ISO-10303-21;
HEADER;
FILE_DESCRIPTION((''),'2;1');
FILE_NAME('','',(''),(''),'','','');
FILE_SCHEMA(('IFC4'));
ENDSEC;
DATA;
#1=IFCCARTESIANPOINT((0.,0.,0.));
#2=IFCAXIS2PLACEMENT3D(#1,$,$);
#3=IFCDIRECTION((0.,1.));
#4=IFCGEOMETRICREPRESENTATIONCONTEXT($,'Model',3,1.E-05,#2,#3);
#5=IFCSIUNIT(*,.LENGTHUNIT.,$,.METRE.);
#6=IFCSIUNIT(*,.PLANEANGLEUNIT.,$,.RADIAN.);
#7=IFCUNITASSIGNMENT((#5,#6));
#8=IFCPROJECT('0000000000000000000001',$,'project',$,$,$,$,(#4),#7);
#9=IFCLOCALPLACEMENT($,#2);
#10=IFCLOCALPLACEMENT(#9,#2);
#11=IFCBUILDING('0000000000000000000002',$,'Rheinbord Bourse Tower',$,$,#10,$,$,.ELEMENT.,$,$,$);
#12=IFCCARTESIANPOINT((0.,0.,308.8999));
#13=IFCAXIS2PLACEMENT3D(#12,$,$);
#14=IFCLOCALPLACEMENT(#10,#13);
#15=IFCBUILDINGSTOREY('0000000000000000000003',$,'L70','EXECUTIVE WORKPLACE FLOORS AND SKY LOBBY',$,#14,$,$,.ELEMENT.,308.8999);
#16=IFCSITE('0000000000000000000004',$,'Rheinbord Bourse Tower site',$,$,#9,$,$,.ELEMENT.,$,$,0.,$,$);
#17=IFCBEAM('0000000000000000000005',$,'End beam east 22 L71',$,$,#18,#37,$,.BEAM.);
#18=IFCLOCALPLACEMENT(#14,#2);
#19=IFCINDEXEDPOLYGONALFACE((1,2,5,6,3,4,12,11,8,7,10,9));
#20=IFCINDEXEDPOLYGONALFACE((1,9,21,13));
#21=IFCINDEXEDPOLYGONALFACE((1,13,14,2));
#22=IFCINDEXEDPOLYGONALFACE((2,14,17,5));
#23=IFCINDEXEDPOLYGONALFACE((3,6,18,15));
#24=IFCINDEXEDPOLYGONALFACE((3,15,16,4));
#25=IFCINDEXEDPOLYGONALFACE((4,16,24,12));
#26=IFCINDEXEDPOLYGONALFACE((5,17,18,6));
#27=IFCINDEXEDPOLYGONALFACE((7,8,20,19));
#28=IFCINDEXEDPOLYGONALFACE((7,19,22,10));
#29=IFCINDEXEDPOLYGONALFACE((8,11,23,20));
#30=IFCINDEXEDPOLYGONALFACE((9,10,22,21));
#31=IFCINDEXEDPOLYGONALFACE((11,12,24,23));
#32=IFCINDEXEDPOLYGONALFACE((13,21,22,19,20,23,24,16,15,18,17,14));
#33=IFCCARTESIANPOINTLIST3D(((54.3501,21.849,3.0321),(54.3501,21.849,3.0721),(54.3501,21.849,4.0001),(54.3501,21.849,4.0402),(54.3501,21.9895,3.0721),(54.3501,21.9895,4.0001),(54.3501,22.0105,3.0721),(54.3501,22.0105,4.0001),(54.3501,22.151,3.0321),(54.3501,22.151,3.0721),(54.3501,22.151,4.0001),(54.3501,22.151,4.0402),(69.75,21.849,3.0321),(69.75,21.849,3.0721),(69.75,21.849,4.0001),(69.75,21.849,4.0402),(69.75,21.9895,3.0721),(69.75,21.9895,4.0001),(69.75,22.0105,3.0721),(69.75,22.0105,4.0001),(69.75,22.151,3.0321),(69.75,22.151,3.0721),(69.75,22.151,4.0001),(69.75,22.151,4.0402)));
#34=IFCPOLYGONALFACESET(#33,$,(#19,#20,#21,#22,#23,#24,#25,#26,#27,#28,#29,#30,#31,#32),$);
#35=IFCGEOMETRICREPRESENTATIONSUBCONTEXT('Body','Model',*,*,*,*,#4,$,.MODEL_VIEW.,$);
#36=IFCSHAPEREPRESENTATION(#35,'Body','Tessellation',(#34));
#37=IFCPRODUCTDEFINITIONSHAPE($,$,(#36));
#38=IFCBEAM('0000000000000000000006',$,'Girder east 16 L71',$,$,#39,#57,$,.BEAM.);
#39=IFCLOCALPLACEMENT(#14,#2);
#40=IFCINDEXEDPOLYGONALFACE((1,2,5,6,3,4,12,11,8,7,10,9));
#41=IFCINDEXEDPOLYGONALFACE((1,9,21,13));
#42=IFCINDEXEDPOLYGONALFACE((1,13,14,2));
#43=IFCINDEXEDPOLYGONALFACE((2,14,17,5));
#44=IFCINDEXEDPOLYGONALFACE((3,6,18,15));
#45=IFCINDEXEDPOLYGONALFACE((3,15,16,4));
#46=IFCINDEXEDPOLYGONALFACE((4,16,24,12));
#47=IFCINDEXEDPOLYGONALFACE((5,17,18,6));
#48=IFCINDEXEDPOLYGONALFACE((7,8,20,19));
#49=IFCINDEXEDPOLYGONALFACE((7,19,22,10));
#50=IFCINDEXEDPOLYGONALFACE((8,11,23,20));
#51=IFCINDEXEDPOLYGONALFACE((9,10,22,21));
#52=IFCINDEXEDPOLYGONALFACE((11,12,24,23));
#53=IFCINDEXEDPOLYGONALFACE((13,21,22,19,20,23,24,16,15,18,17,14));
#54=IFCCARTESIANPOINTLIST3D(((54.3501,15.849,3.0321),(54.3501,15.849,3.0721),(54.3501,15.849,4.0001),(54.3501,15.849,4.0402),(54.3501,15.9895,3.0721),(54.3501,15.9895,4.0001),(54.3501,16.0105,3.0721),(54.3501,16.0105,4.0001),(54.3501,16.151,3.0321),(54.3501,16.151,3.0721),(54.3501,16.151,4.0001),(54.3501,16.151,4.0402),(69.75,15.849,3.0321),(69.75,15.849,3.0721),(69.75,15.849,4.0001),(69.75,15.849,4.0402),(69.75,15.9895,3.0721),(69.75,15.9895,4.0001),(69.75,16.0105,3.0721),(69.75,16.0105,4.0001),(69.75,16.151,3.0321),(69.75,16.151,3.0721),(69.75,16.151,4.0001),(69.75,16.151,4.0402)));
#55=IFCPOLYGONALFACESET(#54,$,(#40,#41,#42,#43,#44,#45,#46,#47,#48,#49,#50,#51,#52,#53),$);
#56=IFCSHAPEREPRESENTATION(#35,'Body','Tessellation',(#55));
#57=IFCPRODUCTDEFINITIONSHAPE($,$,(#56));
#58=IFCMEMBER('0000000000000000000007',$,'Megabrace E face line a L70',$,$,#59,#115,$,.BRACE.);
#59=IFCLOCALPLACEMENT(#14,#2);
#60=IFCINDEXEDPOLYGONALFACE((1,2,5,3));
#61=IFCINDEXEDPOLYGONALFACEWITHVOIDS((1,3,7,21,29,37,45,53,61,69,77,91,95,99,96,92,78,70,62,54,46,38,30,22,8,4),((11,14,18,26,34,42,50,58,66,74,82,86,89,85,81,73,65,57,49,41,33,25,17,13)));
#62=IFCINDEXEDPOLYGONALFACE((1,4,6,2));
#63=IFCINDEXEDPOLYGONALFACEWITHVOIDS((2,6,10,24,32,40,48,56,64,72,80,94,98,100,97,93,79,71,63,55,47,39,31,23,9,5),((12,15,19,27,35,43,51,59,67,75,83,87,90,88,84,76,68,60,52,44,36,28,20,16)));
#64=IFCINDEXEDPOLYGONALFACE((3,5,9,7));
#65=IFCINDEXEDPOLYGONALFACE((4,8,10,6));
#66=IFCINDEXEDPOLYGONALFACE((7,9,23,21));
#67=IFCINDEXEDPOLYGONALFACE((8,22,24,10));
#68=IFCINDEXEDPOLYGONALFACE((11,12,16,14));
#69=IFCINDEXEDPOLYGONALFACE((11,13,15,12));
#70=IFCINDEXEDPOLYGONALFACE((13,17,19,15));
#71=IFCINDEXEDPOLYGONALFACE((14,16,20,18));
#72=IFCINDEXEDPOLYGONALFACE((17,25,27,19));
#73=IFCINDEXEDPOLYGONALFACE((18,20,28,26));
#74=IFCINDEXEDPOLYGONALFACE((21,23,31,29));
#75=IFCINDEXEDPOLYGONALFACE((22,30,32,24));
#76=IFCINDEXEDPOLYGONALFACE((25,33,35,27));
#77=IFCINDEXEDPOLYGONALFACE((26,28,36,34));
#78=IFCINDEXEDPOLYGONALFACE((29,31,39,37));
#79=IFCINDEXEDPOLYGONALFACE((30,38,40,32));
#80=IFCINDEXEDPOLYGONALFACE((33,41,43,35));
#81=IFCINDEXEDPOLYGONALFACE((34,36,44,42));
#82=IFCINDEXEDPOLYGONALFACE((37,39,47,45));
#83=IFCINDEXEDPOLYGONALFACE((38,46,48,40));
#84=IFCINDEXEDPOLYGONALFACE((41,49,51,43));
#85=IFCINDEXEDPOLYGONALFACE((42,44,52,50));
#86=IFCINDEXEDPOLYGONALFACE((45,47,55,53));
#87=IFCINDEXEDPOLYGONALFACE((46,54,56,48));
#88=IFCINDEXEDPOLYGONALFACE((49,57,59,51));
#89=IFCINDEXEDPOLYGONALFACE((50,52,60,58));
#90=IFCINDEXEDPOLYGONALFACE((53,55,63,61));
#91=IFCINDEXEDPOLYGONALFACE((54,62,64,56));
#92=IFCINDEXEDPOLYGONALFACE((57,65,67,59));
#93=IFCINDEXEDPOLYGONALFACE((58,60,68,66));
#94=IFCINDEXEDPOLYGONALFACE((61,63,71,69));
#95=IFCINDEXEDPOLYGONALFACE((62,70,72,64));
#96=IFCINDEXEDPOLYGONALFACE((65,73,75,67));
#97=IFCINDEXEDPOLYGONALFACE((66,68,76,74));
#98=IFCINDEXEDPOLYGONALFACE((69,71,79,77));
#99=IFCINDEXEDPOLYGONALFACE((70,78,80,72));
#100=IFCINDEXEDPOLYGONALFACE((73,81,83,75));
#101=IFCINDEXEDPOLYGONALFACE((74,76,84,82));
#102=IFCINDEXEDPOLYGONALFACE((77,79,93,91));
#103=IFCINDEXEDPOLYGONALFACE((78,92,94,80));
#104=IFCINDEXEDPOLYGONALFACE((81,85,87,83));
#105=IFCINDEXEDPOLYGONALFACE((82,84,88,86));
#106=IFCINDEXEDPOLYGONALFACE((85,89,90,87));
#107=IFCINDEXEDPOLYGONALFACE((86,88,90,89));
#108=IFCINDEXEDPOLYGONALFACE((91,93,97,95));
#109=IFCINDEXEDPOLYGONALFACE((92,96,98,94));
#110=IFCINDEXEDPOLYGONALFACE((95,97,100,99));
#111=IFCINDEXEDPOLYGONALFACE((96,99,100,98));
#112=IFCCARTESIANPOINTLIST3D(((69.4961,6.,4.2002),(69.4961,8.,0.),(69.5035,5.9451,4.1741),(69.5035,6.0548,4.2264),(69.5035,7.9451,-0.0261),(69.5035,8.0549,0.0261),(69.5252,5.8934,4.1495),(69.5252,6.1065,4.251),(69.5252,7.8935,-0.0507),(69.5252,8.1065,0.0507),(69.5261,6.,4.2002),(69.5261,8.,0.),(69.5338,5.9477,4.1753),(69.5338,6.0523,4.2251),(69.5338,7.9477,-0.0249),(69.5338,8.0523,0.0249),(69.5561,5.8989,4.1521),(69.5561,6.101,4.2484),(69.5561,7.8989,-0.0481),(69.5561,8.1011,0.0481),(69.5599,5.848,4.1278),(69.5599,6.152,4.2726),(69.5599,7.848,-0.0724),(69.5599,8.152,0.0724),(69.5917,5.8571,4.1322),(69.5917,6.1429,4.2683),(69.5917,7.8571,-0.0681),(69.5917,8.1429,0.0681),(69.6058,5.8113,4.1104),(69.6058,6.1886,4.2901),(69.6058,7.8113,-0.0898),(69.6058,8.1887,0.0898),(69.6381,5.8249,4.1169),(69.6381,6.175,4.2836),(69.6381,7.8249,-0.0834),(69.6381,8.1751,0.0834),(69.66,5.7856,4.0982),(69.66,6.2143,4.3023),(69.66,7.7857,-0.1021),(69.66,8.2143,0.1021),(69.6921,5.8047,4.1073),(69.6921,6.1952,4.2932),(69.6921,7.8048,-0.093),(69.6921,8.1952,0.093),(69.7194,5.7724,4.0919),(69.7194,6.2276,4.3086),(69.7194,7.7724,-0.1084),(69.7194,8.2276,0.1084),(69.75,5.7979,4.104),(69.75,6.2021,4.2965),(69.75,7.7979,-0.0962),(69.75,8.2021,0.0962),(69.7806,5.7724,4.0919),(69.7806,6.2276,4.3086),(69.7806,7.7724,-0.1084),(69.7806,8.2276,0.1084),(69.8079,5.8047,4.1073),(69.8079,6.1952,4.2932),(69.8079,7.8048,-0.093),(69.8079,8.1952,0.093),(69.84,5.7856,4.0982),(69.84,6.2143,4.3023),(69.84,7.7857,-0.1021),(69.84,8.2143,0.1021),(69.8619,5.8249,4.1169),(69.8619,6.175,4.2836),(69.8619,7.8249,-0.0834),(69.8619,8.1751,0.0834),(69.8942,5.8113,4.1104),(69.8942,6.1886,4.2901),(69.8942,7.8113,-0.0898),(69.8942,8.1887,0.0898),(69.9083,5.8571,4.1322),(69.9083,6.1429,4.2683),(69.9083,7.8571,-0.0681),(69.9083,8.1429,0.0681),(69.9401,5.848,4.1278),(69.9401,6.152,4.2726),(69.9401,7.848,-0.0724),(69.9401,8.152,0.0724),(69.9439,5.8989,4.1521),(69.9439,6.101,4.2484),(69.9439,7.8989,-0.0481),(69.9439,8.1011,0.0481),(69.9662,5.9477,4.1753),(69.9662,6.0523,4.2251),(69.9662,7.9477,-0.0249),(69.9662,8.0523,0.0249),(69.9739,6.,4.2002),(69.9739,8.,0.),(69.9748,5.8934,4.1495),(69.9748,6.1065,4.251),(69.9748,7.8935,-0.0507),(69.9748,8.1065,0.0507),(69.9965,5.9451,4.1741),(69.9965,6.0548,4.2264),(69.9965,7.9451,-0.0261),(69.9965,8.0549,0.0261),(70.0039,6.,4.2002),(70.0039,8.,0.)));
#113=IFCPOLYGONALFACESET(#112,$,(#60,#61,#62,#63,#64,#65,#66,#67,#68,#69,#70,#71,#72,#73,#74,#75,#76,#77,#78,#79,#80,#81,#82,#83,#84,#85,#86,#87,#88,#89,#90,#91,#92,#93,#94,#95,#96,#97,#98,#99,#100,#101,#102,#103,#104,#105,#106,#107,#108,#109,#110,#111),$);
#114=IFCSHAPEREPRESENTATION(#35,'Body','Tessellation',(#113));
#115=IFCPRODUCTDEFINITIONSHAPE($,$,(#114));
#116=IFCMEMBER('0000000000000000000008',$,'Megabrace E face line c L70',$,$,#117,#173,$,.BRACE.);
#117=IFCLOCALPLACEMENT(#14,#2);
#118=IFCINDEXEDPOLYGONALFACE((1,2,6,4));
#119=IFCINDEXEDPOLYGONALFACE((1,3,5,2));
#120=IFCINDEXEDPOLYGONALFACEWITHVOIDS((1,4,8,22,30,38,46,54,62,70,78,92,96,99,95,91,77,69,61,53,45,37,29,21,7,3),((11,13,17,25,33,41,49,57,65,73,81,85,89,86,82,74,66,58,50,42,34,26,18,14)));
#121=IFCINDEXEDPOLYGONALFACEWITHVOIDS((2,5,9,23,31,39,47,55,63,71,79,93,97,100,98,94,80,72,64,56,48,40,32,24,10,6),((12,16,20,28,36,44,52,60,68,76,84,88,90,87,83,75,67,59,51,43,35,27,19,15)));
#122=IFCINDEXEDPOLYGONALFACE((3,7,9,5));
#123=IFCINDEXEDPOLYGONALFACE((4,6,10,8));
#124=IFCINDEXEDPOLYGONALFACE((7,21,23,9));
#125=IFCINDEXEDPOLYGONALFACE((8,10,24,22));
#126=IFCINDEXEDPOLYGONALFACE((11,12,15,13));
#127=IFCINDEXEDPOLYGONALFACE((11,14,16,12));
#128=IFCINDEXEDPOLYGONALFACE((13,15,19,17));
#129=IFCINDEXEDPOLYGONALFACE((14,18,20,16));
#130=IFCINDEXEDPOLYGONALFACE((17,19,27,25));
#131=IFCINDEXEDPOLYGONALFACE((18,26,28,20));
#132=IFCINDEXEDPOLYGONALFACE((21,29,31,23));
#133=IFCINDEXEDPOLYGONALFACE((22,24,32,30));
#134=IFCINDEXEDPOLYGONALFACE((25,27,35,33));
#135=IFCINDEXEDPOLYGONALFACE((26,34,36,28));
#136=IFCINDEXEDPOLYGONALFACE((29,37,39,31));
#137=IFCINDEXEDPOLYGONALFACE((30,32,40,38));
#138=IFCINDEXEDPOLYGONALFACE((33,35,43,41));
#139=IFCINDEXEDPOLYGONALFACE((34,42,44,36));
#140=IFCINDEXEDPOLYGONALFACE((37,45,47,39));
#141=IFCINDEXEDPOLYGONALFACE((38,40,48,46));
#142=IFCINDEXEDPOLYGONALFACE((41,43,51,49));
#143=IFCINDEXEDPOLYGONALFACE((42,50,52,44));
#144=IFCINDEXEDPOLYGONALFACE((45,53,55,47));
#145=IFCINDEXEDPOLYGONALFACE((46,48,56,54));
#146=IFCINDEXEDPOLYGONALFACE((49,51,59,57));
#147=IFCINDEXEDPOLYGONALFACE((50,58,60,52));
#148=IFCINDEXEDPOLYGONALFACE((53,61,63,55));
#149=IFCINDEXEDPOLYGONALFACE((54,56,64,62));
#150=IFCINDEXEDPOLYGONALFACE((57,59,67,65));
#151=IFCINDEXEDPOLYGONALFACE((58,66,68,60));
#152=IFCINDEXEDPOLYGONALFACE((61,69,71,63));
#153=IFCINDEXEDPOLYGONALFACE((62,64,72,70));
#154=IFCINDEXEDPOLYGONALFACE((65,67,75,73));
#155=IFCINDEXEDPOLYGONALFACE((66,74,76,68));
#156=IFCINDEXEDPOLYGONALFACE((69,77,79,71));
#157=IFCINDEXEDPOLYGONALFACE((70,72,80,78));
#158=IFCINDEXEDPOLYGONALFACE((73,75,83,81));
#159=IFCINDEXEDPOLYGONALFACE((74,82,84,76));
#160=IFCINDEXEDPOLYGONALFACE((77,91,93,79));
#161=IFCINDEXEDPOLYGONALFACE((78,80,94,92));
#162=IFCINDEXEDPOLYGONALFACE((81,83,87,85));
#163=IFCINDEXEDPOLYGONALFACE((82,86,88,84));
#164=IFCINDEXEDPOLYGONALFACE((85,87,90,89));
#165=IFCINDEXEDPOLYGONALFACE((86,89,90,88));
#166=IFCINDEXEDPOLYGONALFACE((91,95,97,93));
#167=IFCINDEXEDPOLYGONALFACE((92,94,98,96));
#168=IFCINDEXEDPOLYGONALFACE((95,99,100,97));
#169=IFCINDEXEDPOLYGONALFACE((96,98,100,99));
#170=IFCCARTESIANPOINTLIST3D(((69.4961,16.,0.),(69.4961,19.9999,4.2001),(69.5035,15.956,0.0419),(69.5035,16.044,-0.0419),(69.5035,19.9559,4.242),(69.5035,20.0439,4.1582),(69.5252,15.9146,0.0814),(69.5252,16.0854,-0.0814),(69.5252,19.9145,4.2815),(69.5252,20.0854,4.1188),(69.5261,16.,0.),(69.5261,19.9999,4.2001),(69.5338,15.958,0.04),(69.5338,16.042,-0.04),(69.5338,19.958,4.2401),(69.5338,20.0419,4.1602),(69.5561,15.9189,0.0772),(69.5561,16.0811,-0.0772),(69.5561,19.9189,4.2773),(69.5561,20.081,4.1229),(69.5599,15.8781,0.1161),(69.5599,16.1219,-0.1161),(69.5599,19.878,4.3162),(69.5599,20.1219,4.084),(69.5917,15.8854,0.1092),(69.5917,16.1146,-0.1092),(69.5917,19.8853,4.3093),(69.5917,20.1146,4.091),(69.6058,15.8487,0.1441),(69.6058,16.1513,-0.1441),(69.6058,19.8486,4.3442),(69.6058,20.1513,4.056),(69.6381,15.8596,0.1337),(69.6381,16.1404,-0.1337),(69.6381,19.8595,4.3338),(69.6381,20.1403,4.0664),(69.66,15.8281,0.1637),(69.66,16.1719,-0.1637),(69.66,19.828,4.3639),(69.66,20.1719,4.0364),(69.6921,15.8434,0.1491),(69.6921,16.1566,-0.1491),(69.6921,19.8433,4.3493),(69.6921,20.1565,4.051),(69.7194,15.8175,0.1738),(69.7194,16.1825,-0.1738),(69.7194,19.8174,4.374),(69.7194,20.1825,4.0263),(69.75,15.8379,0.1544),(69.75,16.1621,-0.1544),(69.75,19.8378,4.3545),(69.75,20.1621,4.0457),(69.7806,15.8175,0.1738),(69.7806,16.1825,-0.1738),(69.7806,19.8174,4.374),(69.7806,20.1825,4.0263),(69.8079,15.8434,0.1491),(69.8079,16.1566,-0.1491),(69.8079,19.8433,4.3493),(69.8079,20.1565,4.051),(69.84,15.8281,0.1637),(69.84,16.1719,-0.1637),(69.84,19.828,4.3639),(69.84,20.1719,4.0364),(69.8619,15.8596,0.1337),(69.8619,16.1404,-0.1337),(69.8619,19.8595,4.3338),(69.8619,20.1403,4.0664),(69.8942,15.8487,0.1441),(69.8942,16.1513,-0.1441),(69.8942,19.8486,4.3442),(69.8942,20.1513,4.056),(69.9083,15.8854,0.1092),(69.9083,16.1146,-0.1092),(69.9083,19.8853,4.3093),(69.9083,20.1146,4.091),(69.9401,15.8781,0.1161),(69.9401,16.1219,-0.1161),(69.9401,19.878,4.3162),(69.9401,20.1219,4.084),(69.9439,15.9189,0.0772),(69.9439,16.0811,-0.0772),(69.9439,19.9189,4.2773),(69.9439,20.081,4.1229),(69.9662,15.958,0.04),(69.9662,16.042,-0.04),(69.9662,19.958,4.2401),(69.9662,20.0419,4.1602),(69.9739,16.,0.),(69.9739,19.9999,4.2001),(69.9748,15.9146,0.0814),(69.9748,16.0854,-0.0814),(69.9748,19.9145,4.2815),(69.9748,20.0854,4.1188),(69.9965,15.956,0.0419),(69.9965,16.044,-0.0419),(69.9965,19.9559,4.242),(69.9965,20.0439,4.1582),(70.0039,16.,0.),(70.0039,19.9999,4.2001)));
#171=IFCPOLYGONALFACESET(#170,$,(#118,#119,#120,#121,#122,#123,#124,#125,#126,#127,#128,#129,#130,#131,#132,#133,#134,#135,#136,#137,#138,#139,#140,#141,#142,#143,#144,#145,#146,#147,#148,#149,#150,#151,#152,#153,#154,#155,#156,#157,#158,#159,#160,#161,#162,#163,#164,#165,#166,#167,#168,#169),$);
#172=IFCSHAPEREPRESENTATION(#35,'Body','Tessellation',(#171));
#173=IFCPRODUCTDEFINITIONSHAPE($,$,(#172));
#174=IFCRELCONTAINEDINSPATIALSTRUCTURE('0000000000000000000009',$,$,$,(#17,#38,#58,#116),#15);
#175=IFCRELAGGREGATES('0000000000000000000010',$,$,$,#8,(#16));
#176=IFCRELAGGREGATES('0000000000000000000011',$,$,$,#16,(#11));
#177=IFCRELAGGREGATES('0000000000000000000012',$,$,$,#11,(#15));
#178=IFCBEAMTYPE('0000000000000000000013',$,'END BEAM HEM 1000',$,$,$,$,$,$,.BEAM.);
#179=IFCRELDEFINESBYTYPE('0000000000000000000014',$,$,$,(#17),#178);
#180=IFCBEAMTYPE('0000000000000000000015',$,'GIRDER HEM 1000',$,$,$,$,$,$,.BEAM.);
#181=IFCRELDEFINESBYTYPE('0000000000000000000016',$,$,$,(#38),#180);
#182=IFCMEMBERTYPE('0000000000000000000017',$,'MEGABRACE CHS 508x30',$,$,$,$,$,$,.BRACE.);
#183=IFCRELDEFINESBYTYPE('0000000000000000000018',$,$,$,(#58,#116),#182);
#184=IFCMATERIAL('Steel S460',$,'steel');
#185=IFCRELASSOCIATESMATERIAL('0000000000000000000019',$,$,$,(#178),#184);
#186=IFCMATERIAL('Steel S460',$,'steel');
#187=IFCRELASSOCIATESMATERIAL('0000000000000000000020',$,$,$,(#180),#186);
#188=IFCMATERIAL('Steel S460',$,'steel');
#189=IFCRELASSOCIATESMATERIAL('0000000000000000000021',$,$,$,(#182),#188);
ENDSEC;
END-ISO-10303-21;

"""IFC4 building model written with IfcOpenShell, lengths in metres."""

from ifc_helpers import new_model, si_unit, direction, frame, origin, origin_2d, place, context, subcontext, project, spatial, hollow_circle, i_section, extrude, material, material_profile, profile_set, type_object, element, save


model = new_model("IFC4")

# Units and contexts
model_context = context("Model", 3, precision=1e-05, world=origin(), true_north=direction((0.0, 1.0)))
body_context = subcontext(model_context, "Body", "Model", "MODEL_VIEW")
ifc_project = project(units=[si_unit("LENGTHUNIT", "METRE"), si_unit("PLANEANGLEUNIT", "RADIAN")], contexts=[model_context])

# Site, building, storey
site_placement = place(None, origin())
site = spatial("IfcSite", under=ifc_project, at=site_placement, Name="Rheinbord Bourse Tower site", CompositionType="ELEMENT", RefElevation=0.0)
building_placement = place(site_placement, origin())
building = spatial("IfcBuilding", under=site, at=building_placement, Name="Rheinbord Bourse Tower", CompositionType="ELEMENT")
storey_placement = place(building_placement, frame((0.0, 0.0, 308.8999)))
storey = spatial("IfcBuildingStorey", under=building, at=storey_placement, Name="L70", Description="EXECUTIVE WORKPLACE FLOORS AND SKY LOBBY", CompositionType="ELEMENT", Elevation=308.8999)

# Beams
ifc_material_1 = material(Name="Steel S460", Category="steel")
ifc_material_profile_1 = material_profile(ifc_material_1, i_section(OverallWidth=0.302, OverallDepth=1.0081, WebThickness=0.021, FlangeThickness=0.04, at=origin_2d()), Name="HEM 1000")
ifc_profile_set_1 = profile_set([ifc_material_profile_1], Name="Steel S460")
beam_type_1 = type_object("IfcBeamType", Name="END BEAM HEM 1000", PredefinedType="BEAM", material=ifc_profile_set_1)
for number, where, z_axis, x_axis, name in (
    (1, (54.3501, 22.0, 3.5361), (1.0, 0.0, 0.0), (0.0, 1.0, 0.0), "End beam east 22 L71"),
):
    element("IfcBeam", number, at=place(storey_placement, frame(where, z_axis=z_axis, x_axis=x_axis)), inside=storey, type_object=beam_type_1, Name=name, PredefinedType="BEAM", context=body_context, shape_type="SweptSolid", body=[
        extrude(i_section(OverallWidth=0.302, OverallDepth=1.0081, WebThickness=0.021, FlangeThickness=0.04, at=origin_2d()), origin(), (0.0, 0.0, 1.0), 15.3999),
    ])
ifc_material_2 = material(Name="Steel S460", Category="steel")
ifc_material_profile_2 = material_profile(ifc_material_2, i_section(OverallWidth=0.302, OverallDepth=1.0081, WebThickness=0.021, FlangeThickness=0.04, at=origin_2d()), Name="HEM 1000")
ifc_profile_set_2 = profile_set([ifc_material_profile_2], Name="Steel S460")
beam_type_2 = type_object("IfcBeamType", Name="GIRDER HEM 1000", PredefinedType="BEAM", material=ifc_profile_set_2)
beam_1_placement = place(storey_placement, frame((54.3501, 16.0, 3.5361), z_axis=(1.0, 0.0, 0.0), x_axis=(0.0, 1.0, 0.0)))
element("IfcBeam", 2, at=beam_1_placement, inside=storey, type_object=beam_type_2, Name="Girder east 16 L71", PredefinedType="BEAM", context=body_context, shape_type="SweptSolid", body=[
    extrude(i_section(OverallWidth=0.302, OverallDepth=1.0081, WebThickness=0.021, FlangeThickness=0.04, at=origin_2d()), origin(), (0.0, 0.0, 1.0), 15.3999),
])

# Members
ifc_material_3 = material(Name="Steel S460", Category="steel")
ifc_material_profile_3 = material_profile(ifc_material_3, hollow_circle(Radius=0.2539, WallThickness=0.03, at=origin_2d()), Name="CHS 508x30")
ifc_profile_set_3 = profile_set([ifc_material_profile_3], Name="Steel S460")
member_type_1 = type_object("IfcMemberType", Name="MEGABRACE CHS 508x30", PredefinedType="BRACE", material=ifc_profile_set_3)
member_1_placement = place(storey_placement, frame((69.75, 8.0, 0.0), z_axis=(0.0, -0.429917, 0.902868), x_axis=(1.0, 0.0, 0.0)))
element("IfcMember", 3, at=member_1_placement, inside=storey, type_object=member_type_1, Name="Megabrace E face line a L70", PredefinedType="BRACE", context=body_context, shape_type="SweptSolid", body=[
    extrude(hollow_circle(Radius=0.2539, WallThickness=0.03, at=origin_2d()), origin(), (0.0, 0.0, 1.0), 4.6521),
])
member_2_placement = place(storey_placement, frame((69.75, 16.0, 0.0), z_axis=(0.0, 0.689638, 0.724154), x_axis=(-1.0, 0.0, 0.0)))
element("IfcMember", 4, at=member_2_placement, inside=storey, type_object=member_type_1, Name="Megabrace E face line c L70", PredefinedType="BRACE", context=body_context, shape_type="SweptSolid", body=[
    extrude(hollow_circle(Radius=0.2539, WallThickness=0.03, at=origin_2d()), origin(), (0.0, 0.0, 1.0), 5.8),
])

save(model, "model.ifc")
